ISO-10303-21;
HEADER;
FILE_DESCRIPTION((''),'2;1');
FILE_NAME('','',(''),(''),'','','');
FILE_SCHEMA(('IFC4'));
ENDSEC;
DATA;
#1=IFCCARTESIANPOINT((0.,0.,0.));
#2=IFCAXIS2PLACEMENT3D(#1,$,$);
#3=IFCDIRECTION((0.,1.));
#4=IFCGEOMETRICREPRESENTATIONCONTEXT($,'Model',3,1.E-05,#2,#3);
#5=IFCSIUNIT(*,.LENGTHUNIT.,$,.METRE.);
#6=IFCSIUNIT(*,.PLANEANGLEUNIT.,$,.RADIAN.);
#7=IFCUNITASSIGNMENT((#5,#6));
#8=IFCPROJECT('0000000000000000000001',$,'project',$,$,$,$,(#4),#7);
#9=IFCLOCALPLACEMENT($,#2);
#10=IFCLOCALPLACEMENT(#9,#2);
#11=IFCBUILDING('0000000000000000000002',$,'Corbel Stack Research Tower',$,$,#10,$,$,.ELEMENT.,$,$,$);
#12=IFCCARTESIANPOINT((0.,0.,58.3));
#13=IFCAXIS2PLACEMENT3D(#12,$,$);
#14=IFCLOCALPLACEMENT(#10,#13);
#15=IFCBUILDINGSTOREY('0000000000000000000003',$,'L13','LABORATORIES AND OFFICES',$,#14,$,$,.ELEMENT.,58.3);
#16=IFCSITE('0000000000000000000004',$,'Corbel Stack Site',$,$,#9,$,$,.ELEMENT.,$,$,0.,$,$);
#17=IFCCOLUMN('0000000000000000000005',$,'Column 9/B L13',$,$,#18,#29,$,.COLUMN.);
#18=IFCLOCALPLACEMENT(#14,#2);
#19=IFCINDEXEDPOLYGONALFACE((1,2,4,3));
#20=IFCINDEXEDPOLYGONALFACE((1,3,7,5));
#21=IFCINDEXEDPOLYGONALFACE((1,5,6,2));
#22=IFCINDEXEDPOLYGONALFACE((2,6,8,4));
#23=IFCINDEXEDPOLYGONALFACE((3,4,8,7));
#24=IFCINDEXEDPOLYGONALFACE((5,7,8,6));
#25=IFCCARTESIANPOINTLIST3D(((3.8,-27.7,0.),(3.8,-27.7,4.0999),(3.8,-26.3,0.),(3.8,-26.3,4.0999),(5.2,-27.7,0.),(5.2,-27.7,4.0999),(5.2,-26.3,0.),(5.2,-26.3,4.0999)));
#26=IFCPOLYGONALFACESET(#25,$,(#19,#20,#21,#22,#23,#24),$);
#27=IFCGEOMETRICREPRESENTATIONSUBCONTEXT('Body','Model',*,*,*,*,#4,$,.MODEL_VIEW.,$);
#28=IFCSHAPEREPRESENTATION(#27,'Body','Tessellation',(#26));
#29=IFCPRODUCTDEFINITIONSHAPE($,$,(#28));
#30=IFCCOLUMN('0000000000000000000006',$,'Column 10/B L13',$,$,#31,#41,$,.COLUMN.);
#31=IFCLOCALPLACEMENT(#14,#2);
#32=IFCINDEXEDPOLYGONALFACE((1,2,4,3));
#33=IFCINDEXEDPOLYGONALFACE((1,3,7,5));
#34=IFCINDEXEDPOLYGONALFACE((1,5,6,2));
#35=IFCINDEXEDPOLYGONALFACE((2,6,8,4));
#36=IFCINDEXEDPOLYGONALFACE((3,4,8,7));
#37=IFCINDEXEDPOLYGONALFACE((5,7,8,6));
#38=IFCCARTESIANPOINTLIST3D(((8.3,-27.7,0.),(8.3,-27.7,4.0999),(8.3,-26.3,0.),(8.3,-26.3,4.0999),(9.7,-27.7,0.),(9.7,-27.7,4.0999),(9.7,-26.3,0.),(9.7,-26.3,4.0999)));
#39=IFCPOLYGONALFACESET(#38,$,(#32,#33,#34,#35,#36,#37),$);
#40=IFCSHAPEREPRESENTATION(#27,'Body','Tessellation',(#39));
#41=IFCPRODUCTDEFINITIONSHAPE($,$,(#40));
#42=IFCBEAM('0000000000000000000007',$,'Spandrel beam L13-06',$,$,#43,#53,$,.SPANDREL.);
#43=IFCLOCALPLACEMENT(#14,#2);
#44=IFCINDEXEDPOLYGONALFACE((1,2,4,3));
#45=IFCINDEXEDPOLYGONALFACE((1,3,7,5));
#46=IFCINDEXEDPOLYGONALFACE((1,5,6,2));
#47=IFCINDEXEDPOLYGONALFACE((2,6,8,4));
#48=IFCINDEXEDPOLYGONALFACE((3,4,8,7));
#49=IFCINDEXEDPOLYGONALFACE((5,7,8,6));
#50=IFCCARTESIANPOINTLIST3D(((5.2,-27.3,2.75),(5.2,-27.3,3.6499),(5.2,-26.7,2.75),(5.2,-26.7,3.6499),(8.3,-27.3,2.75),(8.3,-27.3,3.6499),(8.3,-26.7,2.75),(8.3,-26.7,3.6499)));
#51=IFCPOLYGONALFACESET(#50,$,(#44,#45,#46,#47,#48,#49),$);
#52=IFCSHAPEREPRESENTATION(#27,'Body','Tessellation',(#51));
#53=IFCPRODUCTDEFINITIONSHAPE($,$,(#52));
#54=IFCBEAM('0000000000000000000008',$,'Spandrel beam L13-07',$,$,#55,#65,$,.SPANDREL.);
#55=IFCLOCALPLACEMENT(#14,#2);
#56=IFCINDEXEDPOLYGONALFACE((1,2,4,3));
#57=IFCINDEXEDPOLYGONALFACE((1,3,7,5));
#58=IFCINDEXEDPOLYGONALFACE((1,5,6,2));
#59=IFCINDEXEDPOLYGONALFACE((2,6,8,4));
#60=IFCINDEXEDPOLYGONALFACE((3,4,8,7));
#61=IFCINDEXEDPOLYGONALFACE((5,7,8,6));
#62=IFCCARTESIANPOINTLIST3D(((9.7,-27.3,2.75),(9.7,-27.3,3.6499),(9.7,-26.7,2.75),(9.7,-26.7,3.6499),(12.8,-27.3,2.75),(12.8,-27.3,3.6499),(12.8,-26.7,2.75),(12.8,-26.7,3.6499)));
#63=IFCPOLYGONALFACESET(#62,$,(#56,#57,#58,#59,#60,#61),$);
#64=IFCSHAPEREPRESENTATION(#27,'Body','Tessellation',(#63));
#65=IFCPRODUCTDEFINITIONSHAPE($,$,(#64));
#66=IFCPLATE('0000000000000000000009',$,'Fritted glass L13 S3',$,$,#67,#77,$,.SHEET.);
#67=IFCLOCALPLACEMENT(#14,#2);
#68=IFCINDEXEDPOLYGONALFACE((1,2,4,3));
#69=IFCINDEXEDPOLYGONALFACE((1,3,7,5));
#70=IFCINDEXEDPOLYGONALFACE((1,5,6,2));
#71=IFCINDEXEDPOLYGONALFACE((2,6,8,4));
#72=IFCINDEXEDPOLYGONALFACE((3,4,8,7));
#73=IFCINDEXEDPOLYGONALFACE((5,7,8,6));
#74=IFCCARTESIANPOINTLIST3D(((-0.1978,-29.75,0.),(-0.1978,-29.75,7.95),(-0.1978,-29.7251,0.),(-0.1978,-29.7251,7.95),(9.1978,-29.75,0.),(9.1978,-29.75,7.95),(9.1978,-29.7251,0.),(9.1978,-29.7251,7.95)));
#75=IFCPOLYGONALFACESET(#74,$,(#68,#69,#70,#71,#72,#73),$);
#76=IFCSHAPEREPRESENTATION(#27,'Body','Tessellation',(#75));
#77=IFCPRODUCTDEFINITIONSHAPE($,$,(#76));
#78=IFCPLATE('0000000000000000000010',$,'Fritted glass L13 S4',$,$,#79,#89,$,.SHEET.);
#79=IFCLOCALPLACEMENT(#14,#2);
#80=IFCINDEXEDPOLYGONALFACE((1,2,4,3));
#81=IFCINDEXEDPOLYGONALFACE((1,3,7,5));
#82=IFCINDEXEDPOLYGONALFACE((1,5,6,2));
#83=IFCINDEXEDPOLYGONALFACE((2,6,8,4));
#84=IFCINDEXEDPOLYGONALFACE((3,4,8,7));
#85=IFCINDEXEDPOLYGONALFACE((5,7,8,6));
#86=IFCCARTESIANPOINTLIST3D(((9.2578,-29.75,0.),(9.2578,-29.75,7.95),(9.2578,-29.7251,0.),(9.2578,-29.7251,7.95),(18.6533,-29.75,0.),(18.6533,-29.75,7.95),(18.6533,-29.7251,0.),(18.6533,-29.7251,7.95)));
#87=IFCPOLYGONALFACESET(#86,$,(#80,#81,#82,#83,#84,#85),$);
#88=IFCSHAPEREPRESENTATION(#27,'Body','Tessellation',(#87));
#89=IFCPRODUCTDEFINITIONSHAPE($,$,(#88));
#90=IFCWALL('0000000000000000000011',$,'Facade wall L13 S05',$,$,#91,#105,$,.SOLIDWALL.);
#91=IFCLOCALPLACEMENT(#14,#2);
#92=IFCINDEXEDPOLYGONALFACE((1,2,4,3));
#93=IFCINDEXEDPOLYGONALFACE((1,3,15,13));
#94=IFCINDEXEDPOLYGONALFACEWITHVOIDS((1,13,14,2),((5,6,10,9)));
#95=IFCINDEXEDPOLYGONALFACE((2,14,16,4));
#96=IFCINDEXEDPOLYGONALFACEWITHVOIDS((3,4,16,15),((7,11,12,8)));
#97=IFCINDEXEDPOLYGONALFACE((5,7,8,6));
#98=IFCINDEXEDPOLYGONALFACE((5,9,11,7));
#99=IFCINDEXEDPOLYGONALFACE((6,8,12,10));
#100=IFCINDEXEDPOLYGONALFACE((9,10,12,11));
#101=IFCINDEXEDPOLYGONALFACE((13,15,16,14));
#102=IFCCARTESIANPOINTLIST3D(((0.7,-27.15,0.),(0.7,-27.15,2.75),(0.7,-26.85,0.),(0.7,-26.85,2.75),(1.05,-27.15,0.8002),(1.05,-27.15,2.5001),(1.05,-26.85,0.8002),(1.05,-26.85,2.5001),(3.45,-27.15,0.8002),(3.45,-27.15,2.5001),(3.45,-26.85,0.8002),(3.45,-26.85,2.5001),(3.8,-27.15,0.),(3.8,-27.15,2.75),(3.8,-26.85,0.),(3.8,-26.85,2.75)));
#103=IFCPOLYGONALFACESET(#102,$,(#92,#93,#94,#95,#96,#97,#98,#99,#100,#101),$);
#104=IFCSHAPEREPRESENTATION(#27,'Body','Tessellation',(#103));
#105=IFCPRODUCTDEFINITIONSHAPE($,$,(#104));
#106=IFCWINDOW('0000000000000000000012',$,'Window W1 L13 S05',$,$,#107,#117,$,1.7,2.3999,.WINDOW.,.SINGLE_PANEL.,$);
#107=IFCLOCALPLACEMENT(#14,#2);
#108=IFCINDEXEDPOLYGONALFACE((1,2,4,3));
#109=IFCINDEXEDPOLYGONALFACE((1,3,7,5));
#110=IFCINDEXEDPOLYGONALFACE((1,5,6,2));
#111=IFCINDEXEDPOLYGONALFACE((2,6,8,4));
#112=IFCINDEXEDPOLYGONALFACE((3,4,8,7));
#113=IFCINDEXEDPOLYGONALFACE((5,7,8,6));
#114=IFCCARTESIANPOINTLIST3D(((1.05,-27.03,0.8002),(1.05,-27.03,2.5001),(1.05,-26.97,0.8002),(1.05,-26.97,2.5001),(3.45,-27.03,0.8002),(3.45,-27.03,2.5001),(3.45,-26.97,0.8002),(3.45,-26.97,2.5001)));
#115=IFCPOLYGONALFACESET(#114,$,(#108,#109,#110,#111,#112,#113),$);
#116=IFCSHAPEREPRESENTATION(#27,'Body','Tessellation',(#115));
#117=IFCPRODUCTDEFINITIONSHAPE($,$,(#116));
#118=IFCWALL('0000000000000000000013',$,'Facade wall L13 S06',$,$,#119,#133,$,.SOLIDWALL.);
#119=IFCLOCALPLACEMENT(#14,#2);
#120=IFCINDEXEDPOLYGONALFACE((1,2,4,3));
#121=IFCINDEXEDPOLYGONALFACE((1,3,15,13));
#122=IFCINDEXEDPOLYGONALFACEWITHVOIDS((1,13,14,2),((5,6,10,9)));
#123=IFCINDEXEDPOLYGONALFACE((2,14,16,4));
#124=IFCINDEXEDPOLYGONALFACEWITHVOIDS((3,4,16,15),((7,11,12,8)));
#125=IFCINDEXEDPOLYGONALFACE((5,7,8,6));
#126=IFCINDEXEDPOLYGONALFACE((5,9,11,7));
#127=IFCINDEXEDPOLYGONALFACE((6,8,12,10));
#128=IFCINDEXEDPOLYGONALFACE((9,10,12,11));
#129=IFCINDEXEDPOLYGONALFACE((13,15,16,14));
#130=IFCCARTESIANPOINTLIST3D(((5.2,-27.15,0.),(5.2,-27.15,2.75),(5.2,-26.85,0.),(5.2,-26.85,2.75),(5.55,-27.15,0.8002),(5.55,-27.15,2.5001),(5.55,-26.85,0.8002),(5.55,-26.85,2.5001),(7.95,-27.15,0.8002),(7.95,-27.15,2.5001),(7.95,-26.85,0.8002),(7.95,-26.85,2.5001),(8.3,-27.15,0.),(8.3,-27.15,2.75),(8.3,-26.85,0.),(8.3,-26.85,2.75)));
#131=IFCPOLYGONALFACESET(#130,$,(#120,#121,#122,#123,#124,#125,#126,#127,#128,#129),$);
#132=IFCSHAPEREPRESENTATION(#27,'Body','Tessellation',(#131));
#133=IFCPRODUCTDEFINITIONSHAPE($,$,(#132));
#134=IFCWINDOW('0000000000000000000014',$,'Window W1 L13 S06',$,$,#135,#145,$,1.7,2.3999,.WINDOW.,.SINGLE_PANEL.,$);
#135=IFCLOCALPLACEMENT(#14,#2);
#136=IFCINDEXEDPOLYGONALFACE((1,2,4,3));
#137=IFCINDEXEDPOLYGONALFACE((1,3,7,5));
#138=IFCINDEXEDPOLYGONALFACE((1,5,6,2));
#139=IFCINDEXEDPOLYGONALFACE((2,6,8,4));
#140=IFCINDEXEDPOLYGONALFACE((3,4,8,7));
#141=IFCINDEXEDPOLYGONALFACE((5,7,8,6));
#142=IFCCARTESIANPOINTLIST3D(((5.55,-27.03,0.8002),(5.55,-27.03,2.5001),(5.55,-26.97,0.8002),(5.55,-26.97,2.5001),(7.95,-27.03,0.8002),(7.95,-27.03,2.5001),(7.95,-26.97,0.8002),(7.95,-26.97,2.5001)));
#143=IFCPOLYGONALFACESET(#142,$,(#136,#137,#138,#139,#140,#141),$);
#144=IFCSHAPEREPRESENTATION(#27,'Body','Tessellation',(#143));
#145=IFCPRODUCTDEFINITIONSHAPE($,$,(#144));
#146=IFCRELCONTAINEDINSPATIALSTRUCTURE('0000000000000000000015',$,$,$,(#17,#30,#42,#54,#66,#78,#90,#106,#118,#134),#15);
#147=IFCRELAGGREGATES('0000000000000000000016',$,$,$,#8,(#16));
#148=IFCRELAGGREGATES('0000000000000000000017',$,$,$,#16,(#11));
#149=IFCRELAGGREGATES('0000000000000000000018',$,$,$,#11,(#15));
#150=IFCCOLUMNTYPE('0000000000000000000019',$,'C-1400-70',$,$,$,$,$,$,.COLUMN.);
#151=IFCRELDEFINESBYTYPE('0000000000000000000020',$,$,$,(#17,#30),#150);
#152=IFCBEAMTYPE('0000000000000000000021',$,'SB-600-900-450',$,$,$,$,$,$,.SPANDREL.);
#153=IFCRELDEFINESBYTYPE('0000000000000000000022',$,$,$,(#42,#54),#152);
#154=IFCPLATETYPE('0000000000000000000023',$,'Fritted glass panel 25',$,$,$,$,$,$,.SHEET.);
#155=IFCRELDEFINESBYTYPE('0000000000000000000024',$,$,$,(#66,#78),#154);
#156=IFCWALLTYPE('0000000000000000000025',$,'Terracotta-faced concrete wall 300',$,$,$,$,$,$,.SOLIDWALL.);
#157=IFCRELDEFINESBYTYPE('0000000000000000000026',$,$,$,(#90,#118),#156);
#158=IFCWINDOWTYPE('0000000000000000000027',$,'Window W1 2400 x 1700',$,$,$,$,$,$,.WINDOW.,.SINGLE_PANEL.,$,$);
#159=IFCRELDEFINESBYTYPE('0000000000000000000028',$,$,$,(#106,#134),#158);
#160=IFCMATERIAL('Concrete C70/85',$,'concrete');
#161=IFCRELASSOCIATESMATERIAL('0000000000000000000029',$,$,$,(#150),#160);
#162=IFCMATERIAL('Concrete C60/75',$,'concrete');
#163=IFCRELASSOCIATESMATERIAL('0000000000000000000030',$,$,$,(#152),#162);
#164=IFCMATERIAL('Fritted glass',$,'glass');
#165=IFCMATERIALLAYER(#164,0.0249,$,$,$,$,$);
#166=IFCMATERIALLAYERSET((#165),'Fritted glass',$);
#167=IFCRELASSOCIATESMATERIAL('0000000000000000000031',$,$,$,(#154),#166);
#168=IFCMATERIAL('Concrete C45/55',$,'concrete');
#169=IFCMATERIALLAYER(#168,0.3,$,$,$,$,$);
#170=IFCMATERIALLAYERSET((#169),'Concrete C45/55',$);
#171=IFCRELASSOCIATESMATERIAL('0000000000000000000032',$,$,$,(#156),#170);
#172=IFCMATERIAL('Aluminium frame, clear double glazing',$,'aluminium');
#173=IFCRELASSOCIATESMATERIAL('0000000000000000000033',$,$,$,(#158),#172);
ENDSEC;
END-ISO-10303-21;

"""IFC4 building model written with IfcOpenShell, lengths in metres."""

from ifc_helpers import new_model, si_unit, direction, frame, frame_2d, origin, origin_2d, place, context, subcontext, project, spatial, rectangle, extrude, material, layer, layer_set, material_profile, profile_set, type_object, element, fill, save


model = new_model("IFC4")

# Units and contexts
model_context = context("Model", 3, precision=1e-05, world=origin(), true_north=direction((0.0, 1.0)))
body_context = subcontext(model_context, "Body", "Model", "MODEL_VIEW")
ifc_project = project(units=[si_unit("LENGTHUNIT", "METRE"), si_unit("PLANEANGLEUNIT", "RADIAN")], contexts=[model_context])

# Site, building, storey
site_placement = place(None, origin())
site = spatial("IfcSite", under=ifc_project, at=site_placement, Name="Corbel Stack Site", CompositionType="ELEMENT", RefElevation=0.0)
building_placement = place(site_placement, origin())
building = spatial("IfcBuilding", under=site, at=building_placement, Name="Corbel Stack Research Tower", CompositionType="ELEMENT")
storey_placement = place(building_placement, frame((0.0, 0.0, 58.3)))
storey = spatial("IfcBuildingStorey", under=building, at=storey_placement, Name="L13", Description="LABORATORIES AND OFFICES", CompositionType="ELEMENT", Elevation=58.3)

# Columns
ifc_material_1 = material(Name="Concrete C70/85", Category="concrete")
ifc_material_profile_1 = material_profile(ifc_material_1, rectangle(XDim=1.3999, YDim=1.3999, at=origin_2d()), Name="RC 1400 x 1400")
ifc_profile_set_1 = profile_set([ifc_material_profile_1], Name="Concrete C70/85")
column_type = type_object("IfcColumnType", Name="C-1400-70", PredefinedType="COLUMN", material=ifc_profile_set_1)
for number, where, z_axis, x_axis, name in (
    (1, (4.5, -27.0, 0.0), (0.0, 0.0, 1.0), (1.0, 0.0, 0.0), "Column 9/B L13"),
    (2, (9.0, -27.0, 0.0), (0.0, 0.0, 1.0), (1.0, 0.0, 0.0), "Column 10/B L13"),
):
    element("IfcColumn", number, at=place(storey_placement, frame(where, z_axis=z_axis, x_axis=x_axis)), inside=storey, type_object=column_type, Name=name, PredefinedType="COLUMN", context=body_context, shape_type="SweptSolid", body=[
        extrude(rectangle(XDim=1.3999, YDim=1.3999, at=origin_2d()), origin(), (0.0, 0.0, 1.0), 4.0999),
    ])

# Beams
ifc_material_2 = material(Name="Concrete C60/75", Category="concrete")
ifc_material_profile_2 = material_profile(ifc_material_2, rectangle(XDim=0.6001, YDim=0.8999, at=origin_2d()), Name="RC 600 x 900")
ifc_profile_set_2 = profile_set([ifc_material_profile_2], Name="Concrete C60/75")
beam_type = type_object("IfcBeamType", Name="SB-600-900-450", PredefinedType="SPANDREL", material=ifc_profile_set_2)
for number, where, z_axis, x_axis, name in (
    (3, (5.2, -27.0, 3.2), (1.0, 0.0, 0.0), (0.0, 1.0, 0.0), "Spandrel beam L13-06"),
    (4, (9.7, -27.0, 3.2), (1.0, 0.0, 0.0), (0.0, 1.0, 0.0), "Spandrel beam L13-07"),
):
    element("IfcBeam", number, at=place(storey_placement, frame(where, z_axis=z_axis, x_axis=x_axis)), inside=storey, type_object=beam_type, Name=name, PredefinedType="SPANDREL", context=body_context, shape_type="SweptSolid", body=[
        extrude(rectangle(XDim=0.6001, YDim=0.8999, at=origin_2d()), origin(), (0.0, 0.0, 1.0), 3.1001),
    ])

# Plates
ifc_material_3 = material(Name="Fritted glass", Category="glass")
ifc_layer_1 = layer(ifc_material_3, 0.0249)
ifc_layer_set_1 = layer_set([ifc_layer_1], Name="Fritted glass")
plate_type = type_object("IfcPlateType", Name="Fritted glass panel 25", PredefinedType="SHEET", material=ifc_layer_set_1)
for number, where, z_axis, x_axis, name in (
    (5, (4.5, -29.7375, 0.0), (0.0, 0.0, 1.0), (1.0, 0.0, 0.0), "Fritted glass L13 S3"),
    (6, (13.9556, -29.7375, 0.0), (0.0, 0.0, 1.0), (1.0, 0.0, 0.0), "Fritted glass L13 S4"),
):
    element("IfcPlate", number, at=place(storey_placement, frame(where, z_axis=z_axis, x_axis=x_axis)), inside=storey, type_object=plate_type, Name=name, PredefinedType="SHEET", context=body_context, shape_type="SweptSolid", body=[
        extrude(rectangle(XDim=9.3955, YDim=0.0249, at=origin_2d()), origin(), (0.0, 0.0, 1.0), 7.95),
    ])

# Walls, openings, windows
ifc_material_4 = material(Name="Concrete C45/55", Category="concrete")
ifc_layer_2 = layer(ifc_material_4, 0.3)
ifc_layer_set_2 = layer_set([ifc_layer_2], Name="Concrete C45/55")
wall_type = type_object("IfcWallType", Name="Terracotta-faced concrete wall 300", PredefinedType="SOLIDWALL", material=ifc_layer_set_2)
wall_1_placement = place(storey_placement, frame((3.8, -27.0, 0.0), z_axis=(0.0, 0.0, 1.0), x_axis=(-1.0, 0.0, 0.0)))
wall_1 = element("IfcWall", 7, at=wall_1_placement, inside=storey, type_object=wall_type, Name="Facade wall L13 S05", PredefinedType="SOLIDWALL", context=body_context, shape_type="SweptSolid", body=[
    extrude(rectangle(XDim=3.1001, YDim=0.3, at=frame_2d((1.55, 0.0))), origin(), (0.0, 0.0, 1.0), 2.75),
])
opening_1_placement = place(wall_1_placement, frame((0.3501, 0.0, 0.8)))
opening_1 = element("IfcOpeningElement", 8, at=opening_1_placement, cuts=wall_1, PredefinedType="OPENING", context=body_context, shape_type="SweptSolid", body=[
    extrude(rectangle(XDim=2.3999, YDim=1.7, at=frame_2d((1.2, 0.8501))), frame((0.0, 0.1599, 0.0), z_axis=(0.0, -1.0, 0.0), x_axis=(1.0, 0.0, 0.0)), (0.0, 0.0, 1.0), 0.3201),
])
ifc_material_5 = material(Name="Aluminium frame, clear double glazing", Category="aluminium")
window_type = type_object("IfcWindowType", Name="Window W1 2400 x 1700", PartitioningType="SINGLE_PANEL", PredefinedType="WINDOW", material=ifc_material_5)
window_1_placement = place(opening_1_placement, origin())
window_1 = element("IfcWindow", 9, at=window_1_placement, inside=storey, type_object=window_type, Name="Window W1 L13 S05", OverallHeight=1.7, OverallWidth=2.3999, PartitioningType="SINGLE_PANEL", PredefinedType="WINDOW", context=body_context, shape_type="SweptSolid", body=[
    extrude(rectangle(XDim=2.3999, YDim=1.7, at=frame_2d((1.2, 0.8501))), frame((0.0, 0.03, 0.0), z_axis=(0.0, -1.0, 0.0), x_axis=(1.0, 0.0, 0.0)), (0.0, 0.0, 1.0), 0.0601),
])
fill(opening_1, window_1)
wall_2_placement = place(storey_placement, frame((8.3, -27.0, 0.0), z_axis=(0.0, 0.0, 1.0), x_axis=(-1.0, 0.0, 0.0)))
wall_2 = element("IfcWall", 10, at=wall_2_placement, inside=storey, type_object=wall_type, Name="Facade wall L13 S06", PredefinedType="SOLIDWALL", context=body_context, shape_type="SweptSolid", body=[
    extrude(rectangle(XDim=3.1001, YDim=0.3, at=frame_2d((1.55, 0.0))), origin(), (0.0, 0.0, 1.0), 2.75),
])
opening_2_placement = place(wall_2_placement, frame((0.3501, 0.0, 0.8)))
opening_2 = element("IfcOpeningElement", 11, at=opening_2_placement, cuts=wall_2, PredefinedType="OPENING", context=body_context, shape_type="SweptSolid", body=[
    extrude(rectangle(XDim=2.3999, YDim=1.7, at=frame_2d((1.2, 0.8501))), frame((0.0, 0.1599, 0.0), z_axis=(0.0, -1.0, 0.0), x_axis=(1.0, 0.0, 0.0)), (0.0, 0.0, 1.0), 0.3201),
])
window_2_placement = place(opening_2_placement, origin())
window_2 = element("IfcWindow", 12, at=window_2_placement, inside=storey, type_object=window_type, Name="Window W1 L13 S06", OverallHeight=1.7, OverallWidth=2.3999, PartitioningType="SINGLE_PANEL", PredefinedType="WINDOW", context=body_context, shape_type="SweptSolid", body=[
    extrude(rectangle(XDim=2.3999, YDim=1.7, at=frame_2d((1.2, 0.8501))), frame((0.0, 0.03, 0.0), z_axis=(0.0, -1.0, 0.0), x_axis=(1.0, 0.0, 0.0)), (0.0, 0.0, 1.0), 0.0601),
])
fill(opening_2, window_2)

save(model, "model.ifc")
